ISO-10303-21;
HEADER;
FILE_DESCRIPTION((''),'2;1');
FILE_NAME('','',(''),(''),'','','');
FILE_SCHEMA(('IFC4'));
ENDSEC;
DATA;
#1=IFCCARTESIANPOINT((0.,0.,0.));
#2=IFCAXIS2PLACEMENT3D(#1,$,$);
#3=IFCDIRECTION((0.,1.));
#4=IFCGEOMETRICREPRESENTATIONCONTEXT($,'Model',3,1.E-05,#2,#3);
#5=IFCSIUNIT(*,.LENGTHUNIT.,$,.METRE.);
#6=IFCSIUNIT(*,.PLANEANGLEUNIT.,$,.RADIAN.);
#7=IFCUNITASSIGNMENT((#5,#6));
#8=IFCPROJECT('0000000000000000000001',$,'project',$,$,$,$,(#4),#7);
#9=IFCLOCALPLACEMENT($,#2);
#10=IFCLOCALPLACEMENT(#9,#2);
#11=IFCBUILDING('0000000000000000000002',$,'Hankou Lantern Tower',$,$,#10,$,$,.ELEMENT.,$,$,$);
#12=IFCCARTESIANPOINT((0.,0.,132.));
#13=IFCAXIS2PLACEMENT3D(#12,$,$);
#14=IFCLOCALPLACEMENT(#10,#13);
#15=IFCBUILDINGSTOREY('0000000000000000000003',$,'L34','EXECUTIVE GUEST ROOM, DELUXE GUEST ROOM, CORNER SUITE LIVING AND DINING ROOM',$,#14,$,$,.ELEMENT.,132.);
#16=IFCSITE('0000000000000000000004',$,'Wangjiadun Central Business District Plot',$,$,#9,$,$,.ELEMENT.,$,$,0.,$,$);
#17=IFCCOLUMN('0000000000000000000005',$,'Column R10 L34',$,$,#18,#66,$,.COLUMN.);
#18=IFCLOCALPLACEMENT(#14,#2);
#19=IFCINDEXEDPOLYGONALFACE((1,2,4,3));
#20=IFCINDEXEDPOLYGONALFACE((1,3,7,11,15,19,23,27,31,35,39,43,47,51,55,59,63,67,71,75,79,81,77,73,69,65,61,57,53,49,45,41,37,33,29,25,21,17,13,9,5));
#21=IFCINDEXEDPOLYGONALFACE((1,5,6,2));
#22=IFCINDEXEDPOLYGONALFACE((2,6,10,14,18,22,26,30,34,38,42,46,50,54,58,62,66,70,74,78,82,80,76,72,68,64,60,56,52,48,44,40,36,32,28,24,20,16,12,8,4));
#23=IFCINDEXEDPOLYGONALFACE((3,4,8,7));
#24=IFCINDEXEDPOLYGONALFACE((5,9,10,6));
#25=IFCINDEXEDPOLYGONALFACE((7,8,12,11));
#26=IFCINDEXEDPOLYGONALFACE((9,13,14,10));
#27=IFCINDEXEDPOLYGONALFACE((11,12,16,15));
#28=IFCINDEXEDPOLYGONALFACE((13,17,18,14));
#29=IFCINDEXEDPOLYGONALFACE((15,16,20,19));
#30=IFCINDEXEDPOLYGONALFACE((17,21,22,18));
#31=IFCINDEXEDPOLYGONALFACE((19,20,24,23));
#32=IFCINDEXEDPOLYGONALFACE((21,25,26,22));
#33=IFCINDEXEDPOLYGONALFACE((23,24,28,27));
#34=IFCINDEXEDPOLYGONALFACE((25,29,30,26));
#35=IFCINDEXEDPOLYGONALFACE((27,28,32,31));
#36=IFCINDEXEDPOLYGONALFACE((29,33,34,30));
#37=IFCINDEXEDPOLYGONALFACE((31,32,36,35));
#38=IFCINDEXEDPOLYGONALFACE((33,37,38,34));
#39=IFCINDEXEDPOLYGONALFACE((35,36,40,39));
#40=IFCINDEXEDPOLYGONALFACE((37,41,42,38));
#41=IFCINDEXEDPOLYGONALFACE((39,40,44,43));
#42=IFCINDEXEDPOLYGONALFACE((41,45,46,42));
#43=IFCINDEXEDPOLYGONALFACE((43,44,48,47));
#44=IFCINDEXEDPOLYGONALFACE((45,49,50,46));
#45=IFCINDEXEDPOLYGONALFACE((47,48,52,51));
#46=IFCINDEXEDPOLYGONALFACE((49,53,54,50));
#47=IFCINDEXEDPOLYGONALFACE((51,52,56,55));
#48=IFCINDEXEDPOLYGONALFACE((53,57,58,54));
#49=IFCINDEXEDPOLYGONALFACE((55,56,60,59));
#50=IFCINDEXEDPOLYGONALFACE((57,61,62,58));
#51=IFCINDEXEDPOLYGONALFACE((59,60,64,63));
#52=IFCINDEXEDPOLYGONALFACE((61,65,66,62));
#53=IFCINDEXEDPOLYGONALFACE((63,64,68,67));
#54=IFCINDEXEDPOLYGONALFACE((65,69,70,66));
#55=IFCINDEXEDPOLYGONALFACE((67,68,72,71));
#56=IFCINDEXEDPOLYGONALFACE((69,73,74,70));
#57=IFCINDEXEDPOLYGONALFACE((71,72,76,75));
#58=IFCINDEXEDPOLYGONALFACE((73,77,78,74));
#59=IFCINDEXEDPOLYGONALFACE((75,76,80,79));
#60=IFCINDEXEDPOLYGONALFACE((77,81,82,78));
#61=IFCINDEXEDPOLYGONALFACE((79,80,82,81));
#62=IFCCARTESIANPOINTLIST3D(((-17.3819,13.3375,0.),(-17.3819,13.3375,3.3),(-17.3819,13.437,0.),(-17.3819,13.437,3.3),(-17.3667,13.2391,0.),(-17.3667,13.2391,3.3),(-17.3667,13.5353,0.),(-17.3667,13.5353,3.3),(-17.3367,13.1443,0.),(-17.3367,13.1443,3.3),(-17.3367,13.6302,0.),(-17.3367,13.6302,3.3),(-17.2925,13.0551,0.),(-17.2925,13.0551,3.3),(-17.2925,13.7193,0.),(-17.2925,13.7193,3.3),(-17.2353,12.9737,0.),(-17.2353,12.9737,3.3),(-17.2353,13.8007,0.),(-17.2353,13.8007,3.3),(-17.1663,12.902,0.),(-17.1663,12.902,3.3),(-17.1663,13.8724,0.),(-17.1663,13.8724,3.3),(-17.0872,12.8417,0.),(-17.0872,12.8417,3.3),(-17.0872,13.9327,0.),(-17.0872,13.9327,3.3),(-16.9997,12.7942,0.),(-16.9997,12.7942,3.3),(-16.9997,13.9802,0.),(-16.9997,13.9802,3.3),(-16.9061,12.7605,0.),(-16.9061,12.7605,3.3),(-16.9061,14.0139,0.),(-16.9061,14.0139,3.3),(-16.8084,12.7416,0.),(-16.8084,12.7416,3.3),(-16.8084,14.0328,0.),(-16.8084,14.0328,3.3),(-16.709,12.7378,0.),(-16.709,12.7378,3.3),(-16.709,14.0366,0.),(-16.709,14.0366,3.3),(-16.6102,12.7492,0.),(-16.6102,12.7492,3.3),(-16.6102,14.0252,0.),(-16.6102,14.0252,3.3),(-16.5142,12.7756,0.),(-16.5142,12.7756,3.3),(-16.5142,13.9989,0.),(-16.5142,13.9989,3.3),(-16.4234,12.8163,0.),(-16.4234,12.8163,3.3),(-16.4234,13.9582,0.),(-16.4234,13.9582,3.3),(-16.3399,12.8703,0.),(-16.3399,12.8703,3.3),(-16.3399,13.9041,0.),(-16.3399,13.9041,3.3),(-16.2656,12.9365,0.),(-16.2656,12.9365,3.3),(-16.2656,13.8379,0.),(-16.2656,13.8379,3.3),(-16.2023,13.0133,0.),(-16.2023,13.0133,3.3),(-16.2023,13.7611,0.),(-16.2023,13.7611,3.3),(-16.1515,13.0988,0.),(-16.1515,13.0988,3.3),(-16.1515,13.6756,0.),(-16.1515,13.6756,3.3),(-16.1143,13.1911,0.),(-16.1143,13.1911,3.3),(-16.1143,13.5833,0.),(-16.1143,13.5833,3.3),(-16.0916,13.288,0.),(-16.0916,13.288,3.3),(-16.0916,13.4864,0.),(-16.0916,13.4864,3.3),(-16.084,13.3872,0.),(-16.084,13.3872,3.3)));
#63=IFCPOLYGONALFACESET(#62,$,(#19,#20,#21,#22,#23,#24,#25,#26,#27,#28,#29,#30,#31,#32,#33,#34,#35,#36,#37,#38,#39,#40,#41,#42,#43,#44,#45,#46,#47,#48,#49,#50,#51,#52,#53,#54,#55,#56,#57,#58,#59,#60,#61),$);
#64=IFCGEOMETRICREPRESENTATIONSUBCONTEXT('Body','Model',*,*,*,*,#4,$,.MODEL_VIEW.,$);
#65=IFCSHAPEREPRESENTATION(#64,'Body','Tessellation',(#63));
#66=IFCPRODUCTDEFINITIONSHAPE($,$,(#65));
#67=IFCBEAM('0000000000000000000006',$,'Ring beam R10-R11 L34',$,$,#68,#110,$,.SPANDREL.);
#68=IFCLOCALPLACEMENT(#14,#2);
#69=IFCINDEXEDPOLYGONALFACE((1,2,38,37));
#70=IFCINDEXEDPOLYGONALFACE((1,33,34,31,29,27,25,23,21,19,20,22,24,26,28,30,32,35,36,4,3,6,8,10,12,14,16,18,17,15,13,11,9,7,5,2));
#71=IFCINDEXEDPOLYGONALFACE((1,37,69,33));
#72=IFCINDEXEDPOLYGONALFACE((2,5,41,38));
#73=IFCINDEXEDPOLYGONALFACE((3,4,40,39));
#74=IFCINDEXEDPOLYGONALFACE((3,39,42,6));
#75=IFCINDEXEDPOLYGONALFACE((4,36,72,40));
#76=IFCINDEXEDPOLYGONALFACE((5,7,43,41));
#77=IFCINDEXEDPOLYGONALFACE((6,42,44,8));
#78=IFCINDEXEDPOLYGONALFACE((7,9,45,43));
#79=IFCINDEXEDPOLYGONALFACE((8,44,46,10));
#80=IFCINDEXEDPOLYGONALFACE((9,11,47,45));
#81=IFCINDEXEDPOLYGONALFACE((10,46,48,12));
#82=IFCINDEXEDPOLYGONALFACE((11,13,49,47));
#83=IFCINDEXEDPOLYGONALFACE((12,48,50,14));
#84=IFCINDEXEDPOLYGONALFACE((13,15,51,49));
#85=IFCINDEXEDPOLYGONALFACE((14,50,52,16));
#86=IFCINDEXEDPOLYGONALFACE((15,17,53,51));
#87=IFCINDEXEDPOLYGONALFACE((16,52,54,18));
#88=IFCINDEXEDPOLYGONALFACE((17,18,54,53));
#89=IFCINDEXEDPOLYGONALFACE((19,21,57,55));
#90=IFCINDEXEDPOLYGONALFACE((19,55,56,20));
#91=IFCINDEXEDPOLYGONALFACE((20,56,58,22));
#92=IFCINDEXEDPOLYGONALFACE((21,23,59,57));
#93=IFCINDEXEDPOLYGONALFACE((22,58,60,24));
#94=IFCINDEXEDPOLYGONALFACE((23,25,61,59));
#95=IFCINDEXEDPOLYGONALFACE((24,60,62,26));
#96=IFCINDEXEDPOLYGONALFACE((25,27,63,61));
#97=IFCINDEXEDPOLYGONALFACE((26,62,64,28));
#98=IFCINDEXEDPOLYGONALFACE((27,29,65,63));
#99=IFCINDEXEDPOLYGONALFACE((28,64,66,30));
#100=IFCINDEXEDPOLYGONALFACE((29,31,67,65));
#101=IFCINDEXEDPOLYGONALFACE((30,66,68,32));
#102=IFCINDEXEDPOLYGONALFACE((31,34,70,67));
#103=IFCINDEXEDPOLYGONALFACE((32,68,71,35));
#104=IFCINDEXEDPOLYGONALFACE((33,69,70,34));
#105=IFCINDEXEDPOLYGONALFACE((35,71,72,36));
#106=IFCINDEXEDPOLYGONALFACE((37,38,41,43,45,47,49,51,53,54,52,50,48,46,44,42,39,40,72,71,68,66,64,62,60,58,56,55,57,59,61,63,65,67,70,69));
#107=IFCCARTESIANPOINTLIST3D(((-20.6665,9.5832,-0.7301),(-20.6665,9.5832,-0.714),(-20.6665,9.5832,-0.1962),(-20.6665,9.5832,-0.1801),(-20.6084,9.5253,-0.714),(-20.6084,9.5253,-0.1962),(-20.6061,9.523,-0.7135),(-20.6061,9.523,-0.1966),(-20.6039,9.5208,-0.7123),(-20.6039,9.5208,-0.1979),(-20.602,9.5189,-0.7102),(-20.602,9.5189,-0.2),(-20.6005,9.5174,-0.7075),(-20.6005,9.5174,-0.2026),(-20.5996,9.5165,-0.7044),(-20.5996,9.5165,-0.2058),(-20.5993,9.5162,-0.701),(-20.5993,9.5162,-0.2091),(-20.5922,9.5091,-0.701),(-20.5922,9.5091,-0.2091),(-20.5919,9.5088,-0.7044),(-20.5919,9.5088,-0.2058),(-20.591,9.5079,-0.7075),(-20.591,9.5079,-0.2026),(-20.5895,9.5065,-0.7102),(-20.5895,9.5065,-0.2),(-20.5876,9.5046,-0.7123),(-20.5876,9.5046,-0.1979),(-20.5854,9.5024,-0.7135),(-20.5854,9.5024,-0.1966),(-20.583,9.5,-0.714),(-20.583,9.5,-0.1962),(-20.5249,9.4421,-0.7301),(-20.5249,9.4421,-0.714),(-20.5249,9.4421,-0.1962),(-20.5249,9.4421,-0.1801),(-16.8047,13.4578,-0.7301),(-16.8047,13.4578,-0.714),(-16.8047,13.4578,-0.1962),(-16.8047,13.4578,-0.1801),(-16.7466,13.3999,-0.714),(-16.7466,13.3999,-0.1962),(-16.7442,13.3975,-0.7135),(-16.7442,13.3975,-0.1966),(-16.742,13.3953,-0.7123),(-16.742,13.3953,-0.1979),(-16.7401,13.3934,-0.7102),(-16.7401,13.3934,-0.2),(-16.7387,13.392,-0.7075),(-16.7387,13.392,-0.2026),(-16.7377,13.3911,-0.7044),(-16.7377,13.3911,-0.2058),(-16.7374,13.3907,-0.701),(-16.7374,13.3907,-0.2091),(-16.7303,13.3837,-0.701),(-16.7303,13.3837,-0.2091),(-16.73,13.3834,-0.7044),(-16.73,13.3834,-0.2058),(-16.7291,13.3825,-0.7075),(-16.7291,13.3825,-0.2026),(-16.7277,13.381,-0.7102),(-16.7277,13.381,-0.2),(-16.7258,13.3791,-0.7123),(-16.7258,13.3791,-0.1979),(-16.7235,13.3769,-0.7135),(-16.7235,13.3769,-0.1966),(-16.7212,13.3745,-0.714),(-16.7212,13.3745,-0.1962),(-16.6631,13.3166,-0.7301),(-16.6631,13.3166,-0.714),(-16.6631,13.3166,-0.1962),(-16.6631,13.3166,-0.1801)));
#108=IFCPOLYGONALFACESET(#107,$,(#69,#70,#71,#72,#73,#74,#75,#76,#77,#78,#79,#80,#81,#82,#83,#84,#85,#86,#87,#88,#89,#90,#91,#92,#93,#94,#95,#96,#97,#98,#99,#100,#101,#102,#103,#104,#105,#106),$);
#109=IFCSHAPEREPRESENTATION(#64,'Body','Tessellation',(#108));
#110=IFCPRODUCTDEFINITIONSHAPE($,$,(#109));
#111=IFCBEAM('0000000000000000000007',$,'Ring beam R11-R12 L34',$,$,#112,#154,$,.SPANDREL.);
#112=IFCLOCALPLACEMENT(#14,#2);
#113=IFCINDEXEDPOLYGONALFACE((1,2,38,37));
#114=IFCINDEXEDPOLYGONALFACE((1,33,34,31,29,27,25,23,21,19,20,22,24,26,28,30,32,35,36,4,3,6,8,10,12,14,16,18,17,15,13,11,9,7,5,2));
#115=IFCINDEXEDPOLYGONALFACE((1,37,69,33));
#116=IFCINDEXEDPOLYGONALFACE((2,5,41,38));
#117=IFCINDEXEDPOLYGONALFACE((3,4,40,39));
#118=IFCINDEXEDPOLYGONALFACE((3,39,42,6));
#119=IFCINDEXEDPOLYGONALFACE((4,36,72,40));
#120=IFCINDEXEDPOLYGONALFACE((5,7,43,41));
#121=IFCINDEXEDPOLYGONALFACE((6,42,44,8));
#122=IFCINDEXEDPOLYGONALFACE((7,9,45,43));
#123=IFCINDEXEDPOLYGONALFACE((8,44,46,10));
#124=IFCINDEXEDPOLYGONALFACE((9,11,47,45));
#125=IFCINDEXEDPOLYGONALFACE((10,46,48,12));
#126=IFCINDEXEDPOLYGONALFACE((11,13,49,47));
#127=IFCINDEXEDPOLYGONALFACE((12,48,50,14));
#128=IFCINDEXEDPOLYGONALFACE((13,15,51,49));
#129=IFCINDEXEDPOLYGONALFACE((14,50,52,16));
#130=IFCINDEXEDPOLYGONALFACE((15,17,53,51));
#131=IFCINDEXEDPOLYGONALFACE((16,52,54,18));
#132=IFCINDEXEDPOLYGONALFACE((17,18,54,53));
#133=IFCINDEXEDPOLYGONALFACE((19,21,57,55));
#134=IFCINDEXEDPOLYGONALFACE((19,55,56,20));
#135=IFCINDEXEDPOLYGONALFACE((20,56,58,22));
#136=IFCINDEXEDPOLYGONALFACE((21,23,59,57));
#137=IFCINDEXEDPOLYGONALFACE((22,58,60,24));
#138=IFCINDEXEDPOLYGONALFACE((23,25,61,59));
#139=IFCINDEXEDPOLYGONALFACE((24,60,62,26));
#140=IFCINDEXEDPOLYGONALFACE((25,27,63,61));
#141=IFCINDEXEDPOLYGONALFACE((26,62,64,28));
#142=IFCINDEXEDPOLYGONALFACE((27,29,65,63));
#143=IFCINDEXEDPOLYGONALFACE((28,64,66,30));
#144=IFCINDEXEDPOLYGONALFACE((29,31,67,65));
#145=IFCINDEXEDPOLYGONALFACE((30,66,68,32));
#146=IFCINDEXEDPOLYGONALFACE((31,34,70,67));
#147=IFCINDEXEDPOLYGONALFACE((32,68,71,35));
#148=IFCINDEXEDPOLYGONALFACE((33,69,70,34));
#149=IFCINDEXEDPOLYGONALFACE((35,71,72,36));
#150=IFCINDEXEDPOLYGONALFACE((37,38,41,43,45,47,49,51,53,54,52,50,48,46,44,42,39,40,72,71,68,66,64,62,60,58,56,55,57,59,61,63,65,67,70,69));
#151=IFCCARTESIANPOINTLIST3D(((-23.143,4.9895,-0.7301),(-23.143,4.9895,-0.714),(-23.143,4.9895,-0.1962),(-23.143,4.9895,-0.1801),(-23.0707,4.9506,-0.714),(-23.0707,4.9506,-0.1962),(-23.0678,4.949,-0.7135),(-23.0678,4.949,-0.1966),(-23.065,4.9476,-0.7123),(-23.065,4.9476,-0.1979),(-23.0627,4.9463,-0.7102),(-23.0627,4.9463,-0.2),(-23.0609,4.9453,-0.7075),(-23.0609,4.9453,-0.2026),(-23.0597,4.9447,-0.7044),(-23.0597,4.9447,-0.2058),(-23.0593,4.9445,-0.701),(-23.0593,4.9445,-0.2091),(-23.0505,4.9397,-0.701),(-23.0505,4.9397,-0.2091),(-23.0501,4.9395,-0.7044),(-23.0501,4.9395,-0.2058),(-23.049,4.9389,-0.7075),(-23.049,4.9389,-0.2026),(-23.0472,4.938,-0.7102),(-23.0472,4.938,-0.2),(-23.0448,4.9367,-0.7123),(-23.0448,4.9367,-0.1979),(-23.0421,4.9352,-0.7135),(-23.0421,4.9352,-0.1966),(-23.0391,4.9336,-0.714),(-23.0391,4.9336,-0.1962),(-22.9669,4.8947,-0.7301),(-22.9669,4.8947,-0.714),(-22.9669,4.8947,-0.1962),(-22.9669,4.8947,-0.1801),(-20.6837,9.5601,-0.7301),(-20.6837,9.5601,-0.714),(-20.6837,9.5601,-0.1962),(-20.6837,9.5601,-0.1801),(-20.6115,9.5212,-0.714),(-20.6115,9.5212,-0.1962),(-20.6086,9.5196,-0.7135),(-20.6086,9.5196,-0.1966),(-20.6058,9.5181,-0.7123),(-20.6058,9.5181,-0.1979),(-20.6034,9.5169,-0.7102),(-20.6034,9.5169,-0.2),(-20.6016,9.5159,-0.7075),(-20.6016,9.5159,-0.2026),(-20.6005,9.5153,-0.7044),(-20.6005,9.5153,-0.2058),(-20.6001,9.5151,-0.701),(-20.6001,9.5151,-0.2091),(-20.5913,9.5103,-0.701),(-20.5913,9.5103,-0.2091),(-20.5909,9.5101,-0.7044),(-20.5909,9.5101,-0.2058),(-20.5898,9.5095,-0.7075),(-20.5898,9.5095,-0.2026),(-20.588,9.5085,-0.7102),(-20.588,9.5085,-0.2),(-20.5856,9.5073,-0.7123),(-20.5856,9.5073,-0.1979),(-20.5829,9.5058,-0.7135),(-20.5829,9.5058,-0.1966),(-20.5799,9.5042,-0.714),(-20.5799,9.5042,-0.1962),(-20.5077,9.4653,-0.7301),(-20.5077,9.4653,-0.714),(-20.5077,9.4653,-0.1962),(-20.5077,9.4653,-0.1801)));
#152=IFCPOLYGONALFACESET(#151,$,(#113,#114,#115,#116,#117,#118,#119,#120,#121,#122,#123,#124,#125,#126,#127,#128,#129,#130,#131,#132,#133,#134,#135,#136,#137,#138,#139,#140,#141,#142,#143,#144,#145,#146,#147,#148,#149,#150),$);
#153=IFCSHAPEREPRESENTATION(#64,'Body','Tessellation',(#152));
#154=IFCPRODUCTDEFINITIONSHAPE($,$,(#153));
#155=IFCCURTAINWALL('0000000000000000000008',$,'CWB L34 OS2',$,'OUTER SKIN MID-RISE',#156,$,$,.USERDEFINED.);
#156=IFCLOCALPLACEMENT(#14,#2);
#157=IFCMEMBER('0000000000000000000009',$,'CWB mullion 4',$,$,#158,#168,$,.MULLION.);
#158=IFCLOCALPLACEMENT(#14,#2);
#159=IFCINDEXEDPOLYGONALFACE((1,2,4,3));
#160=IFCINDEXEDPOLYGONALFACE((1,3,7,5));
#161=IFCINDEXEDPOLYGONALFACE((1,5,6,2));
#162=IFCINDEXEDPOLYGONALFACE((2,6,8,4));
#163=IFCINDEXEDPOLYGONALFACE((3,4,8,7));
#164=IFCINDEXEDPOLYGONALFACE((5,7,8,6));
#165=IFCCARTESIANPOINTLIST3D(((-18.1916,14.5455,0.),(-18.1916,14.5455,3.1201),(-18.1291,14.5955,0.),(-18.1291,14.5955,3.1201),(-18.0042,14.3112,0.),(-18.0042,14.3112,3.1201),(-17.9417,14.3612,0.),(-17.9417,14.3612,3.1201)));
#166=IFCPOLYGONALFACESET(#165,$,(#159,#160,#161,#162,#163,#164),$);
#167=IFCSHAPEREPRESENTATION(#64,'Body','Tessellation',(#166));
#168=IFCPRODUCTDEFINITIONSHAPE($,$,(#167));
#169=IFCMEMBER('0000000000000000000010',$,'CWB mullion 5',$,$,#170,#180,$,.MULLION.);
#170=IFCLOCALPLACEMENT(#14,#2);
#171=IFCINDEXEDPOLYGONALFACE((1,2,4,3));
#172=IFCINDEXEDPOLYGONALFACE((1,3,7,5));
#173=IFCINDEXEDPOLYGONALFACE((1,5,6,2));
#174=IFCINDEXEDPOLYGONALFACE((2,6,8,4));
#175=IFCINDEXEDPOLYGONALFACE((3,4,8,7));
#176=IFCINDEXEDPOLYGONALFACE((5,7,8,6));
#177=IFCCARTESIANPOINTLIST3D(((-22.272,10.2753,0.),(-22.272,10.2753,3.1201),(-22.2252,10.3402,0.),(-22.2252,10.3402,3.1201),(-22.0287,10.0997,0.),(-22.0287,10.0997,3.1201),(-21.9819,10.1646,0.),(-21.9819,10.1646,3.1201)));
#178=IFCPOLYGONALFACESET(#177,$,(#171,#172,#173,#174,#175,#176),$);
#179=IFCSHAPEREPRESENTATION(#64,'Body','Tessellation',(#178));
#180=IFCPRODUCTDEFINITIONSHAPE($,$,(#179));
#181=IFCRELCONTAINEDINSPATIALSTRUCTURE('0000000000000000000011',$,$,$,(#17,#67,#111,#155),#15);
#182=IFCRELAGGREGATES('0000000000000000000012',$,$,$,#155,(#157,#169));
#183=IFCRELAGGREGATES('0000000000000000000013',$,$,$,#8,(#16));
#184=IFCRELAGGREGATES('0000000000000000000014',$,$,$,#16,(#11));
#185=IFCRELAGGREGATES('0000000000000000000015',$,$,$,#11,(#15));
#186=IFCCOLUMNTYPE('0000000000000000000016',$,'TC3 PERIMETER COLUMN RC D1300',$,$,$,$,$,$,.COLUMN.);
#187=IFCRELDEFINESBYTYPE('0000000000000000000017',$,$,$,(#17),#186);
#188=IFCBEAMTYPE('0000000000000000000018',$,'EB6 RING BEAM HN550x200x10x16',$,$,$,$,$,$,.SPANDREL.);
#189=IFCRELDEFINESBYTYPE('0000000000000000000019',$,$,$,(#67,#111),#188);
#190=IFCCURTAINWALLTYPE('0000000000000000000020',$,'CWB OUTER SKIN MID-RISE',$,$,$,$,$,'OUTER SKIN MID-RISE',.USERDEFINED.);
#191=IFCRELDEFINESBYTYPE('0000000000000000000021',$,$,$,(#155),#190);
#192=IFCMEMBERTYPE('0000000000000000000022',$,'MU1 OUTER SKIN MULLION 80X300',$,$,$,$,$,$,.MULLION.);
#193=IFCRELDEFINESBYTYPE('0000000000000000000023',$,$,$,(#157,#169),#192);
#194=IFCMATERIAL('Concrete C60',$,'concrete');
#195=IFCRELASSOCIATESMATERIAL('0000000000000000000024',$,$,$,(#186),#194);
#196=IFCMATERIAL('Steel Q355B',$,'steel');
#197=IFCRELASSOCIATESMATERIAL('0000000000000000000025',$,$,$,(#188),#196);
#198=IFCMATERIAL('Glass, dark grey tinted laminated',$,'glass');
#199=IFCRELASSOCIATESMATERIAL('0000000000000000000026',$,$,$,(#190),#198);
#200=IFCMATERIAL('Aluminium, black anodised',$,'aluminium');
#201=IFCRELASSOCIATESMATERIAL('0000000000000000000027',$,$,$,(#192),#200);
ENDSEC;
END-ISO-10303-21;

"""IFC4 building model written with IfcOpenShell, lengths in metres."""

from ifc_helpers import new_model, si_unit, direction, frame, origin, origin_2d, place, context, subcontext, project, spatial, rectangle, circle, i_section, extrude, material, material_profile, profile_set, type_object, element, aggregate, save


model = new_model("IFC4")

# Units and contexts
model_context = context("Model", 3, precision=1e-05, world=origin(), true_north=direction((0.0, 1.0)))
body_context = subcontext(model_context, "Body", "Model", "MODEL_VIEW")
ifc_project = project(units=[si_unit("LENGTHUNIT", "METRE"), si_unit("PLANEANGLEUNIT", "RADIAN")], contexts=[model_context])

# Site, building, storey
site_placement = place(None, origin())
site = spatial("IfcSite", under=ifc_project, at=site_placement, Name="Wangjiadun Central Business District Plot", CompositionType="ELEMENT", RefElevation=0.0)
building_placement = place(site_placement, origin())
building = spatial("IfcBuilding", under=site, at=building_placement, Name="Hankou Lantern Tower", CompositionType="ELEMENT")
storey_placement = place(building_placement, frame((0.0, 0.0, 132.0)))
storey = spatial("IfcBuildingStorey", under=building, at=storey_placement, Name="L34", Description="EXECUTIVE GUEST ROOM, DELUXE GUEST ROOM, CORNER SUITE LIVING AND DINING ROOM", CompositionType="ELEMENT", Elevation=132.0)

# Column
ifc_material_1 = material(Name="Concrete C60", Category="concrete")
ifc_material_profile_1 = material_profile(ifc_material_1, circle(Radius=0.6499, at=origin_2d()), Name="RC D1300")
ifc_profile_set_1 = profile_set([ifc_material_profile_1], Name="Concrete C60")
column_type = type_object("IfcColumnType", Name="TC3 PERIMETER COLUMN RC D1300", PredefinedType="COLUMN", material=ifc_profile_set_1)
column_placement = place(storey_placement, frame((-16.7339, 13.3872, 0.0), z_axis=(0.0, 0.0, 1.0), x_axis=(1.0, 0.0, 0.0)))
element("IfcColumn", 1, at=column_placement, inside=storey, type_object=column_type, Name="Column R10 L34", PredefinedType="COLUMN", context=body_context, shape_type="SweptSolid", body=[
    extrude(circle(Radius=0.6499, at=origin_2d()), origin(), (0.0, 0.0, 1.0), 3.3),
])

# Beams
ifc_material_2 = material(Name="Steel Q355B", Category="steel")
ifc_material_profile_2 = material_profile(ifc_material_2, i_section(OverallWidth=0.2, OverallDepth=0.55, WebThickness=0.01, FlangeThickness=0.0161, FilletRadius=0.0129, at=origin_2d()), Name="HN550x200x10x16")
ifc_profile_set_2 = profile_set([ifc_material_profile_2], Name="Steel Q355B")
beam_type_1 = type_object("IfcBeamType", Name="EB6 RING BEAM HN550x200x10x16", PredefinedType="SPANDREL", material=ifc_profile_set_2)
beam_1_placement = place(storey_placement, frame((-16.7339, 13.3872, -0.4551), z_axis=(-0.705945, -0.708266, 0.0), x_axis=(0.708266, -0.705945, 0.0)))
element("IfcBeam", 2, at=beam_1_placement, inside=storey, type_object=beam_type_1, Name="Ring beam R10-R11 L34", PredefinedType="SPANDREL", context=body_context, shape_type="SweptSolid", body=[
    extrude(i_section(OverallWidth=0.2, OverallDepth=0.55, WebThickness=0.01, FlangeThickness=0.0161, FilletRadius=0.0129, at=origin_2d()), origin(), (0.0, 0.0, 1.0), 5.4705),
])
beam_2_placement = place(storey_placement, frame((-20.5957, 9.5127, -0.4551), z_axis=(-0.473825, -0.880619, 0.0), x_axis=(0.880619, -0.473825, 0.0)))
element("IfcBeam", 3, at=beam_2_placement, inside=storey, type_object=beam_type_1, Name="Ring beam R11-R12 L34", PredefinedType="SPANDREL", context=body_context, shape_type="SweptSolid", body=[
    extrude(i_section(OverallWidth=0.2, OverallDepth=0.55, WebThickness=0.01, FlangeThickness=0.0161, FilletRadius=0.0129, at=origin_2d()), origin(), (0.0, 0.0, 1.0), 5.1902),
])

# Curtain wall, members
ifc_material_3 = material(Name="Glass, dark grey tinted laminated", Category="glass")
curtain_wall_type = type_object("IfcCurtainWallType", Name="CWB OUTER SKIN MID-RISE", ElementType="OUTER SKIN MID-RISE", PredefinedType="USERDEFINED", material=ifc_material_3)
curtain_wall_placement = place(storey_placement, origin())
curtain_wall = element("IfcCurtainWall", 4, at=curtain_wall_placement, inside=storey, type_object=curtain_wall_type, Name="CWB L34 OS2", ObjectType="OUTER SKIN MID-RISE", PredefinedType="USERDEFINED")
ifc_material_4 = material(Name="Aluminium, black anodised", Category="aluminium")
ifc_material_profile_3 = material_profile(ifc_material_4, rectangle(XDim=0.0801, YDim=0.3, at=origin_2d()), Name="MU1 80X300")
ifc_profile_set_3 = profile_set([ifc_material_profile_3], Name="Aluminium, black anodised")
member_type_1 = type_object("IfcMemberType", Name="MU1 OUTER SKIN MULLION 80X300", PredefinedType="MULLION", material=ifc_profile_set_3)
member_1_placement = place(storey_placement, frame((-18.0667, 14.4534, 0.0), z_axis=(0.0, 0.0, 1.0), x_axis=(-0.780869, -0.624695, 0.0)))
member_1 = element("IfcMember", 5, at=member_1_placement, type_object=member_type_1, Name="CWB mullion 4", PredefinedType="MULLION", context=body_context, shape_type="SweptSolid", body=[
    extrude(rectangle(XDim=0.0801, YDim=0.3, at=origin_2d()), origin(), (0.0, 0.0, 1.0), 3.1201),
])
member_2_placement = place(storey_placement, frame((-22.127, 10.22, 0.0), z_axis=(0.0, 0.0, 1.0), x_axis=(-0.585206, -0.810885, 0.0)))
member_2 = element("IfcMember", 6, at=member_2_placement, type_object=member_type_1, Name="CWB mullion 5", PredefinedType="MULLION", context=body_context, shape_type="SweptSolid", body=[
    extrude(rectangle(XDim=0.0801, YDim=0.3, at=origin_2d()), origin(), (0.0, 0.0, 1.0), 3.1201),
])

aggregate(curtain_wall, [member_1, member_2])

save(model, "model.ifc")
